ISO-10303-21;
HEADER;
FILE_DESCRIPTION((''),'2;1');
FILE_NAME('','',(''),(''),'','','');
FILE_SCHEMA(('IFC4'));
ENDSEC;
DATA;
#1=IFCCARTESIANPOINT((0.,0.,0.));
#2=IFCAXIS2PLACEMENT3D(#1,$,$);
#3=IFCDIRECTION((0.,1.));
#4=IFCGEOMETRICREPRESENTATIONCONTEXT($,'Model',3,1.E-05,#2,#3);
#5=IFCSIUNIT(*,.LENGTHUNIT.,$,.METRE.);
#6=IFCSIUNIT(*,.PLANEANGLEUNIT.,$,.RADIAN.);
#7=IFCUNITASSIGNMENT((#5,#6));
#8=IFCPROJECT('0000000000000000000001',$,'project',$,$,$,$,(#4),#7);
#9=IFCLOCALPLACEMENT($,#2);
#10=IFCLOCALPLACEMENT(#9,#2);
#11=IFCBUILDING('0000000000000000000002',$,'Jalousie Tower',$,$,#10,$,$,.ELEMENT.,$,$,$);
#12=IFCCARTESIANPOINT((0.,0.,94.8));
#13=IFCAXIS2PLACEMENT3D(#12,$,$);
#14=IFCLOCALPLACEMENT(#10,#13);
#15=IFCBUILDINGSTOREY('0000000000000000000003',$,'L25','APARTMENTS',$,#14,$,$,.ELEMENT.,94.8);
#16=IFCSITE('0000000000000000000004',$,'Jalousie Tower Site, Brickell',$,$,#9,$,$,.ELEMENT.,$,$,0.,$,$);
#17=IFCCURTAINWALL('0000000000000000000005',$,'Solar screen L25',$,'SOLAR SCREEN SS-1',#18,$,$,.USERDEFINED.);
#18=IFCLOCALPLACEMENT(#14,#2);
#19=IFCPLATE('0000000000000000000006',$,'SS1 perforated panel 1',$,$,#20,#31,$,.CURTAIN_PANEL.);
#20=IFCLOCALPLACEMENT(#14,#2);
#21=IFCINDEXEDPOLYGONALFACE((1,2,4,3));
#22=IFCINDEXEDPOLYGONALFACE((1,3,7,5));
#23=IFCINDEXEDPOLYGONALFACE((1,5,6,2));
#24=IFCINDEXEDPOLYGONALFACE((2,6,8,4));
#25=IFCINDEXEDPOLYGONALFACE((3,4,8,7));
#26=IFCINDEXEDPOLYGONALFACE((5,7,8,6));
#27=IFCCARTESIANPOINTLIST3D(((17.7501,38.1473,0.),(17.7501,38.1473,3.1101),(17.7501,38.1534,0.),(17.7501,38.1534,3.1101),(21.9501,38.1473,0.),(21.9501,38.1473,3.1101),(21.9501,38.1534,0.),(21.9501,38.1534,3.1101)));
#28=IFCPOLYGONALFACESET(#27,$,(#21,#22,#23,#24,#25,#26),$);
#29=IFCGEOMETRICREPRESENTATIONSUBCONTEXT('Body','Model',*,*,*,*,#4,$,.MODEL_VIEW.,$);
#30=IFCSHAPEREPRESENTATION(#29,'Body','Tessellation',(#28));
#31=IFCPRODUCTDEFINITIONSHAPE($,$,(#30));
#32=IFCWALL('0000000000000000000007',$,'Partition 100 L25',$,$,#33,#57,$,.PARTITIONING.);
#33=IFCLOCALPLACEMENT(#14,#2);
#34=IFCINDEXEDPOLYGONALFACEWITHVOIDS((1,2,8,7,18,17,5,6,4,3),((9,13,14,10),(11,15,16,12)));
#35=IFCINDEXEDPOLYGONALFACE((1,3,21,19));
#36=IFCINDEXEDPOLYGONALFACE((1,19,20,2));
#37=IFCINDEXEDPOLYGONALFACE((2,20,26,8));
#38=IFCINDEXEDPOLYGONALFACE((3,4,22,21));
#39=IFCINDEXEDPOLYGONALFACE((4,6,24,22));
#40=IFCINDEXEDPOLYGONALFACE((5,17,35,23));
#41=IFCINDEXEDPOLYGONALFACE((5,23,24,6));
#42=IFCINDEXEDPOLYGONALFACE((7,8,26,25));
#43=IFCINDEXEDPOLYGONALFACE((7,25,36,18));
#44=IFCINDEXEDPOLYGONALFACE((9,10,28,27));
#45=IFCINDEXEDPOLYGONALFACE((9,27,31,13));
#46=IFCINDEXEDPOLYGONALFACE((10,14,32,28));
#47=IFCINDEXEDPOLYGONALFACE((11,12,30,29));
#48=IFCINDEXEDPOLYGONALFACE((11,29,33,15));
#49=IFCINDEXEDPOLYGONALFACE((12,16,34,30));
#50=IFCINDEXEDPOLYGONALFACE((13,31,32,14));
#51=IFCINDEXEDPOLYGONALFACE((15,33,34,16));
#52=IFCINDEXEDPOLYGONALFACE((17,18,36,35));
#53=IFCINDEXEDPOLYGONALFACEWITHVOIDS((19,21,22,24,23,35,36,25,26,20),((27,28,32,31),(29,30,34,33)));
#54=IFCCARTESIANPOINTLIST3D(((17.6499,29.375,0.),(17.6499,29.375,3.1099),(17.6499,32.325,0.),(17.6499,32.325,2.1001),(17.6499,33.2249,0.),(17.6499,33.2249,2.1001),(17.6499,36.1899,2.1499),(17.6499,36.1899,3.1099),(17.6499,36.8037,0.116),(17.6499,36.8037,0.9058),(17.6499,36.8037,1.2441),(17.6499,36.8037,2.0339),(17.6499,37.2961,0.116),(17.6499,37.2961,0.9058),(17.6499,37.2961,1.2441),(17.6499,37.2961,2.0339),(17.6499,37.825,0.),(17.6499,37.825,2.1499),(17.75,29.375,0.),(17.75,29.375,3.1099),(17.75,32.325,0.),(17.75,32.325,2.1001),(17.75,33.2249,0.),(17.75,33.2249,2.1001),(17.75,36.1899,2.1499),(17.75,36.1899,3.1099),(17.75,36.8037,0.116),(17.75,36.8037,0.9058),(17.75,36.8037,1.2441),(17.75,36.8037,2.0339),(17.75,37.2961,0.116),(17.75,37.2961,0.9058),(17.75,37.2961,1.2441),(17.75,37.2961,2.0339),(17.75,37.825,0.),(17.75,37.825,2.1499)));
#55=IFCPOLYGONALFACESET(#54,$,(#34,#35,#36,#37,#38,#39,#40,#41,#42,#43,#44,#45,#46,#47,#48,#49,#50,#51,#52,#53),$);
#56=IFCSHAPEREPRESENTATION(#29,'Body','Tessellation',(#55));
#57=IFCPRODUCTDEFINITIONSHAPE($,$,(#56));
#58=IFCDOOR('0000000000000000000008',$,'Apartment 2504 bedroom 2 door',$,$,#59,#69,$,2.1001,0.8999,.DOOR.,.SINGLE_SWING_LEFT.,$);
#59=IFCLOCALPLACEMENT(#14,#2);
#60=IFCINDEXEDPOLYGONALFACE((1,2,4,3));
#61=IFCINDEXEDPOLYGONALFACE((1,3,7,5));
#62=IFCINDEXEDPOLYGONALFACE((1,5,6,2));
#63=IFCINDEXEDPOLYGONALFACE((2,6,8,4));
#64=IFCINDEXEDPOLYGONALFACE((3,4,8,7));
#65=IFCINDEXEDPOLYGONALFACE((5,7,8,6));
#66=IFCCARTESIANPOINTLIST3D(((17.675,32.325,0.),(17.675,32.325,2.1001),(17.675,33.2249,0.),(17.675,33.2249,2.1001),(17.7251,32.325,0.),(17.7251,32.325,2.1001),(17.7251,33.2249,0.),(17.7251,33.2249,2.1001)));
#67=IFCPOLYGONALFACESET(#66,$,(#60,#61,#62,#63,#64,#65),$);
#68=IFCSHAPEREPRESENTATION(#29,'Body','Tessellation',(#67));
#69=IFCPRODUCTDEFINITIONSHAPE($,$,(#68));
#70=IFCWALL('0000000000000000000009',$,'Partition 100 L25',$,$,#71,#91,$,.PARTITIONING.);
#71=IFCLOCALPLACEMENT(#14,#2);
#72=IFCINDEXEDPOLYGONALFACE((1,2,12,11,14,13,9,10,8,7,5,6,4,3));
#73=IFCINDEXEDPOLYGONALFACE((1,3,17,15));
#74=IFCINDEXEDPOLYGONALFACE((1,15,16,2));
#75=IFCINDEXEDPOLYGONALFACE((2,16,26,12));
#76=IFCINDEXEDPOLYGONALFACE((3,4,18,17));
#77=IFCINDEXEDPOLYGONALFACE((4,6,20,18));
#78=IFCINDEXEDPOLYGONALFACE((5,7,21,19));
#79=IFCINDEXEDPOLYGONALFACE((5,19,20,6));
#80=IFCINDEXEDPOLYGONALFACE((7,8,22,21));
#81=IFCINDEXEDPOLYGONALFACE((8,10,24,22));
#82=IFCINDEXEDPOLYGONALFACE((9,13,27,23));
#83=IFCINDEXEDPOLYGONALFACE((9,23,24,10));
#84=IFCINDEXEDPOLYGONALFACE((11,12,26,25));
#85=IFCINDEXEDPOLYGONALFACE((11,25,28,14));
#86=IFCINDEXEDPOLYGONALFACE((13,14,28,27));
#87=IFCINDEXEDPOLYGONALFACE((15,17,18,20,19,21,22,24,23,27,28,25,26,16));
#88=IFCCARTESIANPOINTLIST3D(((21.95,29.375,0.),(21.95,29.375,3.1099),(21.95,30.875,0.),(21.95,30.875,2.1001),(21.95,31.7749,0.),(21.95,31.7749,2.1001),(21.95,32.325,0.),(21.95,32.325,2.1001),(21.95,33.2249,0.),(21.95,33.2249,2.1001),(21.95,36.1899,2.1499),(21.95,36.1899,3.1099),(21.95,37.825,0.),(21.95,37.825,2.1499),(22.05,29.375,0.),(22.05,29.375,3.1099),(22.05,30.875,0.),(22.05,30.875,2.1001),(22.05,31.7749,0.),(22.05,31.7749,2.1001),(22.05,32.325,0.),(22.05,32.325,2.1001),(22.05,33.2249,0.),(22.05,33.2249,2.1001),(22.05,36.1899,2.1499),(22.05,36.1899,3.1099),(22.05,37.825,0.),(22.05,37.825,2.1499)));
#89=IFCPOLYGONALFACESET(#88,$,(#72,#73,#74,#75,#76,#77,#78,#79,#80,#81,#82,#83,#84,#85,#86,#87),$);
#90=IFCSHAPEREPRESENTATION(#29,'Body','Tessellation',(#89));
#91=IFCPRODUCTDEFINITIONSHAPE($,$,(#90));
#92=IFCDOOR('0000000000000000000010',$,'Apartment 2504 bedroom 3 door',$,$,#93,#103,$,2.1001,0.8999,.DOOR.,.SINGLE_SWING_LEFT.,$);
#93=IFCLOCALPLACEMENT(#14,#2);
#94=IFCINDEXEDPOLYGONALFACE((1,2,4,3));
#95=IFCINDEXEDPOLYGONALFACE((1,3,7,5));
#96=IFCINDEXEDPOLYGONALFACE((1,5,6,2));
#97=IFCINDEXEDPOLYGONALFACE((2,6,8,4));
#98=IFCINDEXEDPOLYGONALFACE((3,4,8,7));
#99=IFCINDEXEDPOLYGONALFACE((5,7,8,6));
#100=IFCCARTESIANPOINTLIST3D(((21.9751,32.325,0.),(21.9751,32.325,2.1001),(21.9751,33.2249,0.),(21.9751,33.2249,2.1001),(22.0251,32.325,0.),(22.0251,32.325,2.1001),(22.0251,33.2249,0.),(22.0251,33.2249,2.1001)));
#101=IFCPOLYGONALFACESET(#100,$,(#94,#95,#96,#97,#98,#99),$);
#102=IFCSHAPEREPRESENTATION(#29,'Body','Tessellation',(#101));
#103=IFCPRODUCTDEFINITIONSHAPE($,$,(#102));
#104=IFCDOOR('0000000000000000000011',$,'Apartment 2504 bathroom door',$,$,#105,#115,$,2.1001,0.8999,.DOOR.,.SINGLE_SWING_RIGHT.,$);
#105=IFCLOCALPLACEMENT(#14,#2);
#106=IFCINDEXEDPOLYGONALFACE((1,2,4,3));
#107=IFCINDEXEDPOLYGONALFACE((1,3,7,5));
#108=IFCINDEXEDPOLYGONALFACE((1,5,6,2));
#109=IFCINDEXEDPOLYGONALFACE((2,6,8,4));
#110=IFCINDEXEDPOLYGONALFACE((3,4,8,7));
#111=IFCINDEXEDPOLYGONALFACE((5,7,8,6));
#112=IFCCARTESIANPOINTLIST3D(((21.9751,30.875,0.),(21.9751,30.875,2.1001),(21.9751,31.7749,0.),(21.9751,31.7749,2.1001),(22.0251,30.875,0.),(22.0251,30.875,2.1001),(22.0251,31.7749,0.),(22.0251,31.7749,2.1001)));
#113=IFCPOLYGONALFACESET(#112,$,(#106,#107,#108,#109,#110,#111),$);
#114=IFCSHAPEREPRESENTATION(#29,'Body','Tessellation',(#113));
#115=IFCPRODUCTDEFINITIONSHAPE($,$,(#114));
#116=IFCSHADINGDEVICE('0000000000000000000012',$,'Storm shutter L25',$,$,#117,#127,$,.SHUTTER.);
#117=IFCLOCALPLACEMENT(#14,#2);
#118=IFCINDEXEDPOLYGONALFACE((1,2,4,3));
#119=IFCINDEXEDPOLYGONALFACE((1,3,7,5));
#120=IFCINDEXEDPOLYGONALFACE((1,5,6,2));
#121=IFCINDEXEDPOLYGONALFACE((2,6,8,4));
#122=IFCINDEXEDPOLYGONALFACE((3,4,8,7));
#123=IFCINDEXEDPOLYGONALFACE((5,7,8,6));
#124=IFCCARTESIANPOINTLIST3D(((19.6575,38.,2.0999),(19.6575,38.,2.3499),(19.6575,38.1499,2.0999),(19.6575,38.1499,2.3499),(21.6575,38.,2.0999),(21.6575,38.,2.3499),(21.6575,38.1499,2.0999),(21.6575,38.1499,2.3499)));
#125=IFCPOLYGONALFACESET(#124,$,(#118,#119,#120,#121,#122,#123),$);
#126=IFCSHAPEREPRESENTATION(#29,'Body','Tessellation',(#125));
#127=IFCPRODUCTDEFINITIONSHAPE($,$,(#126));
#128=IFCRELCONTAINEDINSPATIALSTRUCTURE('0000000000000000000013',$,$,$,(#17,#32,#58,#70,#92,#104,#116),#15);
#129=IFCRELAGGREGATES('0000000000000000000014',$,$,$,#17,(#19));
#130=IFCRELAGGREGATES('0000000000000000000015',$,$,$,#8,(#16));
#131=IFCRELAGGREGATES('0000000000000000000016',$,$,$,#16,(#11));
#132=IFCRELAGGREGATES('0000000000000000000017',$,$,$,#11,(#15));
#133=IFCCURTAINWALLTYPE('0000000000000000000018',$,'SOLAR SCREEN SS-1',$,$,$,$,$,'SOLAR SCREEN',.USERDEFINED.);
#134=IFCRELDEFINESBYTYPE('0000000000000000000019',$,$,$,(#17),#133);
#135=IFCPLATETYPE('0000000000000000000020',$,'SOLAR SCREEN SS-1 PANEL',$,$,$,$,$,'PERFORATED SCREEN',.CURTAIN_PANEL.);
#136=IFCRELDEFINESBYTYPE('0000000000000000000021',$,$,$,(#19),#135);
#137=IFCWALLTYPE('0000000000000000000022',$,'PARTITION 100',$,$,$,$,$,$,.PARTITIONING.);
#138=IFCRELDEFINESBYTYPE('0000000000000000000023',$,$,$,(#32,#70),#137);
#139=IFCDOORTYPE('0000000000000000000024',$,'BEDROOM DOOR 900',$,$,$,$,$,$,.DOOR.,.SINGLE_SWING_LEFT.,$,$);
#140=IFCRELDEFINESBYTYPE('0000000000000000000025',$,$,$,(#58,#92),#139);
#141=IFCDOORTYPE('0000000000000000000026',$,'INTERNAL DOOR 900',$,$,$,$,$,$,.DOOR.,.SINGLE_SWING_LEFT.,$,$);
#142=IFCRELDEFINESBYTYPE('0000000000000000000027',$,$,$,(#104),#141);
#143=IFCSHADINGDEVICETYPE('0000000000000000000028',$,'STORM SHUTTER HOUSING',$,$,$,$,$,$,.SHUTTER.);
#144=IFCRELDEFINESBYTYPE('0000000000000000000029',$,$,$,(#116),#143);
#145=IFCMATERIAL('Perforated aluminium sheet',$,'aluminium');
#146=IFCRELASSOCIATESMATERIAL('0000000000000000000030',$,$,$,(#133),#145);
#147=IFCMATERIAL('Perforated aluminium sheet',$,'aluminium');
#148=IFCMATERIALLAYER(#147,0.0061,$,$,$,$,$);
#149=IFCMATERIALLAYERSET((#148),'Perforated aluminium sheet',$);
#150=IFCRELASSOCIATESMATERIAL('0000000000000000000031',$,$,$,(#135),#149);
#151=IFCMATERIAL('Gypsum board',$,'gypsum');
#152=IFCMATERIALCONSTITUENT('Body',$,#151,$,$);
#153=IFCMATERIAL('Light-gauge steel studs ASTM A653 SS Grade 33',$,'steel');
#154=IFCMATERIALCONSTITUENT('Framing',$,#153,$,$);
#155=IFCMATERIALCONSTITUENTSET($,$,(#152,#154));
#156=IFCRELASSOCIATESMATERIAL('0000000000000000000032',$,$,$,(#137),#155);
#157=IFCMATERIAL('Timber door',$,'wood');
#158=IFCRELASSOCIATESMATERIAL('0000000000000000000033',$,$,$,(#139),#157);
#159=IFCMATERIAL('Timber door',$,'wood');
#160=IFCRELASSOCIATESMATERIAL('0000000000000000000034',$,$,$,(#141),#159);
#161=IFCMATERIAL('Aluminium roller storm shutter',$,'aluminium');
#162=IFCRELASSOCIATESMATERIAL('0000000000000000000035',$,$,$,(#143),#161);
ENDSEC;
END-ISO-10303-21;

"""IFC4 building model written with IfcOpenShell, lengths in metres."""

from ifc_helpers import new_model, si_unit, direction, frame, frame_2d, origin, origin_2d, place, context, subcontext, project, spatial, polyline, rectangle, outline, extrude, material, layer, layer_set, constituent, constituent_set, type_object, element, fill, aggregate, save


model = new_model("IFC4")

# Units and contexts
model_context = context("Model", 3, precision=1e-05, world=origin(), true_north=direction((0.0, 1.0)))
body_context = subcontext(model_context, "Body", "Model", "MODEL_VIEW")
ifc_project = project(units=[si_unit("LENGTHUNIT", "METRE"), si_unit("PLANEANGLEUNIT", "RADIAN")], contexts=[model_context])

# Site, building, storey
site_placement = place(None, origin())
site = spatial("IfcSite", under=ifc_project, at=site_placement, Name="Jalousie Tower Site, Brickell", CompositionType="ELEMENT", RefElevation=0.0)
building_placement = place(site_placement, origin())
building = spatial("IfcBuilding", under=site, at=building_placement, Name="Jalousie Tower", CompositionType="ELEMENT")
storey_placement = place(building_placement, frame((0.0, 0.0, 94.8)))
storey = spatial("IfcBuildingStorey", under=building, at=storey_placement, Name="L25", Description="APARTMENTS", CompositionType="ELEMENT", Elevation=94.8)

# Curtain wall
ifc_material_1 = material(Name="Perforated aluminium sheet", Category="aluminium")
curtain_wall_type = type_object("IfcCurtainWallType", Name="SOLAR SCREEN SS-1", ElementType="SOLAR SCREEN", PredefinedType="USERDEFINED", material=ifc_material_1)
curtain_wall_1_placement = place(storey_placement, origin())
curtain_wall_1 = element("IfcCurtainWall", 1, at=curtain_wall_1_placement, inside=storey, type_object=curtain_wall_type, Name="Solar screen L25", ObjectType="SOLAR SCREEN SS-1", PredefinedType="USERDEFINED")

# Plate
ifc_material_2 = material(Name="Perforated aluminium sheet", Category="aluminium")
ifc_layer = layer(ifc_material_2, 0.0061)
ifc_layer_set = layer_set([ifc_layer], Name="Perforated aluminium sheet")
plate_type = type_object("IfcPlateType", Name="SOLAR SCREEN SS-1 PANEL", ElementType="PERFORATED SCREEN", PredefinedType="CURTAIN_PANEL", material=ifc_layer_set)
plate_placement = place(storey_placement, frame((19.8501, 38.1504, 0.0), z_axis=(0.0, 0.0, 1.0), x_axis=(-1.0, 0.0, 0.0)))
plate = element("IfcPlate", 2, at=plate_placement, type_object=plate_type, Name="SS1 perforated panel 1", PredefinedType="CURTAIN_PANEL", context=body_context, shape_type="SweptSolid", body=[
    extrude(rectangle(XDim=4.2, YDim=0.0061, at=origin_2d()), origin(), (0.0, 0.0, 1.0), 3.1101),
])
aggregate(curtain_wall_1, [plate])

# Wall, opening, door
ifc_material_3 = material(Name="Gypsum board", Category="gypsum")
ifc_constituent_1 = constituent(ifc_material_3, Name="Body")
ifc_material_4 = material(Name="Light-gauge steel studs ASTM A653 SS Grade 33", Category="steel")
ifc_constituent_2 = constituent(ifc_material_4, Name="Framing")
ifc_constituent_set = constituent_set(constituents=[ifc_constituent_1, ifc_constituent_2])
wall_type = type_object("IfcWallType", Name="PARTITION 100", PredefinedType="PARTITIONING", material=ifc_constituent_set)
wall_1_placement = place(storey_placement, frame((17.7, 37.825, 0.0), z_axis=(0.0, 0.0, 1.0), x_axis=(0.0, -1.0, 0.0)))
wall_1 = element("IfcWall", 3, at=wall_1_placement, inside=storey, type_object=wall_type, Name="Partition 100 L25", PredefinedType="PARTITIONING", context=body_context, shape_type="SweptSolid", body=[
    extrude(outline(polyline([(1.635, 2.1499), (0.0, 2.1499), (0.0, 0.0), (8.45, 0.0), (8.45, 3.1099), (1.635, 3.1099), (1.635, 2.1499)]), holes=[polyline([(1.0212, 0.116), (0.5288, 0.116), (0.5288, 0.9058), (1.0212, 0.9058), (1.0212, 0.116)]), polyline([(1.0212, 1.2441), (0.5288, 1.2441), (0.5288, 2.0339), (1.0212, 2.0339), (1.0212, 1.2441)])]), frame((0.0, 0.05, 0.0), z_axis=(0.0, -1.0, 0.0), x_axis=(1.0, 0.0, 0.0)), (0.0, 0.0, 1.0), 0.1001),
])
opening_1_placement = place(wall_1_placement, frame((4.6001, 0.0, 0.0)))
opening_1 = element("IfcOpeningElement", 4, at=opening_1_placement, cuts=wall_1, PredefinedType="OPENING", context=body_context, shape_type="SweptSolid", body=[
    extrude(rectangle(XDim=0.8999, YDim=2.1001, at=frame_2d((0.45, 1.05))), frame((0.0, 0.0601, 0.0), z_axis=(0.0, -1.0, 0.0), x_axis=(1.0, 0.0, 0.0)), (0.0, 0.0, 1.0), 0.1201),
])
ifc_material_5 = material(Name="Timber door", Category="wood")
door_type_1 = type_object("IfcDoorType", Name="BEDROOM DOOR 900", OperationType="SINGLE_SWING_LEFT", PredefinedType="DOOR", material=ifc_material_5)
door_1_placement = place(opening_1_placement, frame((0.8999, 0.0, 0.0), z_axis=(0.0, 0.0, 1.0), x_axis=(-1.0, 0.0, 0.0)))
door_1 = element("IfcDoor", 5, at=door_1_placement, inside=storey, type_object=door_type_1, Name="Apartment 2504 bedroom 2 door", OperationType="SINGLE_SWING_LEFT", OverallHeight=2.1001, OverallWidth=0.8999, PredefinedType="DOOR", context=body_context, shape_type="SweptSolid", body=[
    extrude(rectangle(XDim=0.8999, YDim=2.1001, at=frame_2d((0.45, 1.05))), frame((0.0, 0.0249, 0.0), z_axis=(0.0, -1.0, 0.0), x_axis=(1.0, 0.0, 0.0)), (0.0, 0.0, 1.0), 0.05),
])
fill(opening_1, door_1)

# Wall, openings, doors
wall_2_placement = place(storey_placement, frame((22.0, 37.825, 0.0), z_axis=(0.0, 0.0, 1.0), x_axis=(0.0, -1.0, 0.0)))
wall_2 = element("IfcWall", 6, at=wall_2_placement, inside=storey, type_object=wall_type, Name="Partition 100 L25", PredefinedType="PARTITIONING", context=body_context, shape_type="SweptSolid", body=[
    extrude(outline(polyline([(0.0, 0.0), (8.45, 0.0), (8.45, 3.1099), (1.635, 3.1099), (1.635, 2.1499), (0.0, 2.1499), (0.0, 3.1099), (0.0, 0.0)])), frame((0.0, 0.05, 0.0), z_axis=(0.0, -1.0, 0.0), x_axis=(1.0, 0.0, 0.0)), (0.0, 0.0, 1.0), 0.1001),
])
opening_2_placement = place(wall_2_placement, frame((4.6001, 0.0, 0.0)))
opening_2 = element("IfcOpeningElement", 7, at=opening_2_placement, cuts=wall_2, PredefinedType="OPENING", context=body_context, shape_type="SweptSolid", body=[
    extrude(rectangle(XDim=0.8999, YDim=2.1001, at=frame_2d((0.45, 1.05))), frame((0.0, 0.0601, 0.0), z_axis=(0.0, -1.0, 0.0), x_axis=(1.0, 0.0, 0.0)), (0.0, 0.0, 1.0), 0.1201),
])
opening_3_placement = place(wall_2_placement, frame((6.05, 0.0, 0.0)))
opening_3 = element("IfcOpeningElement", 8, at=opening_3_placement, cuts=wall_2, PredefinedType="OPENING", context=body_context, shape_type="SweptSolid", body=[
    extrude(rectangle(XDim=0.8999, YDim=2.1001, at=frame_2d((0.45, 1.05))), frame((0.0, 0.0601, 0.0), z_axis=(0.0, -1.0, 0.0), x_axis=(1.0, 0.0, 0.0)), (0.0, 0.0, 1.0), 0.1201),
])
door_2_placement = place(opening_2_placement, frame((0.8999, 0.0, 0.0), z_axis=(0.0, 0.0, 1.0), x_axis=(-1.0, 0.0, 0.0)))
door_2 = element("IfcDoor", 9, at=door_2_placement, inside=storey, type_object=door_type_1, Name="Apartment 2504 bedroom 3 door", OperationType="SINGLE_SWING_LEFT", OverallHeight=2.1001, OverallWidth=0.8999, PredefinedType="DOOR", context=body_context, shape_type="SweptSolid", body=[
    extrude(rectangle(XDim=0.8999, YDim=2.1001, at=frame_2d((0.45, 1.05))), frame((0.0, 0.0249, 0.0), z_axis=(0.0, -1.0, 0.0), x_axis=(1.0, 0.0, 0.0)), (0.0, 0.0, 1.0), 0.05),
])
fill(opening_2, door_2)
ifc_material_6 = material(Name="Timber door", Category="wood")
door_type_2 = type_object("IfcDoorType", Name="INTERNAL DOOR 900", OperationType="SINGLE_SWING_LEFT", PredefinedType="DOOR", material=ifc_material_6)
door_3_placement = place(opening_3_placement, frame((0.8999, 0.0, 0.0), z_axis=(0.0, 0.0, 1.0), x_axis=(-1.0, 0.0, 0.0)))
door_3 = element("IfcDoor", 10, at=door_3_placement, inside=storey, type_object=door_type_2, Name="Apartment 2504 bathroom door", OperationType="SINGLE_SWING_RIGHT", OverallHeight=2.1001, OverallWidth=0.8999, PredefinedType="DOOR", context=body_context, shape_type="SweptSolid", body=[
    extrude(rectangle(XDim=0.8999, YDim=2.1001, at=frame_2d((0.45, 1.05))), frame((0.0, 0.0249, 0.0), z_axis=(0.0, -1.0, 0.0), x_axis=(1.0, 0.0, 0.0)), (0.0, 0.0, 1.0), 0.05),
])
fill(opening_3, door_3)

# Shading device
ifc_material_7 = material(Name="Aluminium roller storm shutter", Category="aluminium")
shading_device_type = type_object("IfcShadingDeviceType", Name="STORM SHUTTER HOUSING", PredefinedType="SHUTTER", material=ifc_material_7)
shading_device_placement = place(storey_placement, frame((20.6575, 38.075, 2.0999), z_axis=(0.0, 0.0, 1.0), x_axis=(-1.0, 0.0, 0.0)))
element("IfcShadingDevice", 11, at=shading_device_placement, inside=storey, type_object=shading_device_type, Name="Storm shutter L25", PredefinedType="SHUTTER", context=body_context, shape_type="SweptSolid", body=[
    extrude(rectangle(XDim=2.0, YDim=0.1499, at=origin_2d()), origin(), (0.0, 0.0, 1.0), 0.25),
])

save(model, "model.ifc")
